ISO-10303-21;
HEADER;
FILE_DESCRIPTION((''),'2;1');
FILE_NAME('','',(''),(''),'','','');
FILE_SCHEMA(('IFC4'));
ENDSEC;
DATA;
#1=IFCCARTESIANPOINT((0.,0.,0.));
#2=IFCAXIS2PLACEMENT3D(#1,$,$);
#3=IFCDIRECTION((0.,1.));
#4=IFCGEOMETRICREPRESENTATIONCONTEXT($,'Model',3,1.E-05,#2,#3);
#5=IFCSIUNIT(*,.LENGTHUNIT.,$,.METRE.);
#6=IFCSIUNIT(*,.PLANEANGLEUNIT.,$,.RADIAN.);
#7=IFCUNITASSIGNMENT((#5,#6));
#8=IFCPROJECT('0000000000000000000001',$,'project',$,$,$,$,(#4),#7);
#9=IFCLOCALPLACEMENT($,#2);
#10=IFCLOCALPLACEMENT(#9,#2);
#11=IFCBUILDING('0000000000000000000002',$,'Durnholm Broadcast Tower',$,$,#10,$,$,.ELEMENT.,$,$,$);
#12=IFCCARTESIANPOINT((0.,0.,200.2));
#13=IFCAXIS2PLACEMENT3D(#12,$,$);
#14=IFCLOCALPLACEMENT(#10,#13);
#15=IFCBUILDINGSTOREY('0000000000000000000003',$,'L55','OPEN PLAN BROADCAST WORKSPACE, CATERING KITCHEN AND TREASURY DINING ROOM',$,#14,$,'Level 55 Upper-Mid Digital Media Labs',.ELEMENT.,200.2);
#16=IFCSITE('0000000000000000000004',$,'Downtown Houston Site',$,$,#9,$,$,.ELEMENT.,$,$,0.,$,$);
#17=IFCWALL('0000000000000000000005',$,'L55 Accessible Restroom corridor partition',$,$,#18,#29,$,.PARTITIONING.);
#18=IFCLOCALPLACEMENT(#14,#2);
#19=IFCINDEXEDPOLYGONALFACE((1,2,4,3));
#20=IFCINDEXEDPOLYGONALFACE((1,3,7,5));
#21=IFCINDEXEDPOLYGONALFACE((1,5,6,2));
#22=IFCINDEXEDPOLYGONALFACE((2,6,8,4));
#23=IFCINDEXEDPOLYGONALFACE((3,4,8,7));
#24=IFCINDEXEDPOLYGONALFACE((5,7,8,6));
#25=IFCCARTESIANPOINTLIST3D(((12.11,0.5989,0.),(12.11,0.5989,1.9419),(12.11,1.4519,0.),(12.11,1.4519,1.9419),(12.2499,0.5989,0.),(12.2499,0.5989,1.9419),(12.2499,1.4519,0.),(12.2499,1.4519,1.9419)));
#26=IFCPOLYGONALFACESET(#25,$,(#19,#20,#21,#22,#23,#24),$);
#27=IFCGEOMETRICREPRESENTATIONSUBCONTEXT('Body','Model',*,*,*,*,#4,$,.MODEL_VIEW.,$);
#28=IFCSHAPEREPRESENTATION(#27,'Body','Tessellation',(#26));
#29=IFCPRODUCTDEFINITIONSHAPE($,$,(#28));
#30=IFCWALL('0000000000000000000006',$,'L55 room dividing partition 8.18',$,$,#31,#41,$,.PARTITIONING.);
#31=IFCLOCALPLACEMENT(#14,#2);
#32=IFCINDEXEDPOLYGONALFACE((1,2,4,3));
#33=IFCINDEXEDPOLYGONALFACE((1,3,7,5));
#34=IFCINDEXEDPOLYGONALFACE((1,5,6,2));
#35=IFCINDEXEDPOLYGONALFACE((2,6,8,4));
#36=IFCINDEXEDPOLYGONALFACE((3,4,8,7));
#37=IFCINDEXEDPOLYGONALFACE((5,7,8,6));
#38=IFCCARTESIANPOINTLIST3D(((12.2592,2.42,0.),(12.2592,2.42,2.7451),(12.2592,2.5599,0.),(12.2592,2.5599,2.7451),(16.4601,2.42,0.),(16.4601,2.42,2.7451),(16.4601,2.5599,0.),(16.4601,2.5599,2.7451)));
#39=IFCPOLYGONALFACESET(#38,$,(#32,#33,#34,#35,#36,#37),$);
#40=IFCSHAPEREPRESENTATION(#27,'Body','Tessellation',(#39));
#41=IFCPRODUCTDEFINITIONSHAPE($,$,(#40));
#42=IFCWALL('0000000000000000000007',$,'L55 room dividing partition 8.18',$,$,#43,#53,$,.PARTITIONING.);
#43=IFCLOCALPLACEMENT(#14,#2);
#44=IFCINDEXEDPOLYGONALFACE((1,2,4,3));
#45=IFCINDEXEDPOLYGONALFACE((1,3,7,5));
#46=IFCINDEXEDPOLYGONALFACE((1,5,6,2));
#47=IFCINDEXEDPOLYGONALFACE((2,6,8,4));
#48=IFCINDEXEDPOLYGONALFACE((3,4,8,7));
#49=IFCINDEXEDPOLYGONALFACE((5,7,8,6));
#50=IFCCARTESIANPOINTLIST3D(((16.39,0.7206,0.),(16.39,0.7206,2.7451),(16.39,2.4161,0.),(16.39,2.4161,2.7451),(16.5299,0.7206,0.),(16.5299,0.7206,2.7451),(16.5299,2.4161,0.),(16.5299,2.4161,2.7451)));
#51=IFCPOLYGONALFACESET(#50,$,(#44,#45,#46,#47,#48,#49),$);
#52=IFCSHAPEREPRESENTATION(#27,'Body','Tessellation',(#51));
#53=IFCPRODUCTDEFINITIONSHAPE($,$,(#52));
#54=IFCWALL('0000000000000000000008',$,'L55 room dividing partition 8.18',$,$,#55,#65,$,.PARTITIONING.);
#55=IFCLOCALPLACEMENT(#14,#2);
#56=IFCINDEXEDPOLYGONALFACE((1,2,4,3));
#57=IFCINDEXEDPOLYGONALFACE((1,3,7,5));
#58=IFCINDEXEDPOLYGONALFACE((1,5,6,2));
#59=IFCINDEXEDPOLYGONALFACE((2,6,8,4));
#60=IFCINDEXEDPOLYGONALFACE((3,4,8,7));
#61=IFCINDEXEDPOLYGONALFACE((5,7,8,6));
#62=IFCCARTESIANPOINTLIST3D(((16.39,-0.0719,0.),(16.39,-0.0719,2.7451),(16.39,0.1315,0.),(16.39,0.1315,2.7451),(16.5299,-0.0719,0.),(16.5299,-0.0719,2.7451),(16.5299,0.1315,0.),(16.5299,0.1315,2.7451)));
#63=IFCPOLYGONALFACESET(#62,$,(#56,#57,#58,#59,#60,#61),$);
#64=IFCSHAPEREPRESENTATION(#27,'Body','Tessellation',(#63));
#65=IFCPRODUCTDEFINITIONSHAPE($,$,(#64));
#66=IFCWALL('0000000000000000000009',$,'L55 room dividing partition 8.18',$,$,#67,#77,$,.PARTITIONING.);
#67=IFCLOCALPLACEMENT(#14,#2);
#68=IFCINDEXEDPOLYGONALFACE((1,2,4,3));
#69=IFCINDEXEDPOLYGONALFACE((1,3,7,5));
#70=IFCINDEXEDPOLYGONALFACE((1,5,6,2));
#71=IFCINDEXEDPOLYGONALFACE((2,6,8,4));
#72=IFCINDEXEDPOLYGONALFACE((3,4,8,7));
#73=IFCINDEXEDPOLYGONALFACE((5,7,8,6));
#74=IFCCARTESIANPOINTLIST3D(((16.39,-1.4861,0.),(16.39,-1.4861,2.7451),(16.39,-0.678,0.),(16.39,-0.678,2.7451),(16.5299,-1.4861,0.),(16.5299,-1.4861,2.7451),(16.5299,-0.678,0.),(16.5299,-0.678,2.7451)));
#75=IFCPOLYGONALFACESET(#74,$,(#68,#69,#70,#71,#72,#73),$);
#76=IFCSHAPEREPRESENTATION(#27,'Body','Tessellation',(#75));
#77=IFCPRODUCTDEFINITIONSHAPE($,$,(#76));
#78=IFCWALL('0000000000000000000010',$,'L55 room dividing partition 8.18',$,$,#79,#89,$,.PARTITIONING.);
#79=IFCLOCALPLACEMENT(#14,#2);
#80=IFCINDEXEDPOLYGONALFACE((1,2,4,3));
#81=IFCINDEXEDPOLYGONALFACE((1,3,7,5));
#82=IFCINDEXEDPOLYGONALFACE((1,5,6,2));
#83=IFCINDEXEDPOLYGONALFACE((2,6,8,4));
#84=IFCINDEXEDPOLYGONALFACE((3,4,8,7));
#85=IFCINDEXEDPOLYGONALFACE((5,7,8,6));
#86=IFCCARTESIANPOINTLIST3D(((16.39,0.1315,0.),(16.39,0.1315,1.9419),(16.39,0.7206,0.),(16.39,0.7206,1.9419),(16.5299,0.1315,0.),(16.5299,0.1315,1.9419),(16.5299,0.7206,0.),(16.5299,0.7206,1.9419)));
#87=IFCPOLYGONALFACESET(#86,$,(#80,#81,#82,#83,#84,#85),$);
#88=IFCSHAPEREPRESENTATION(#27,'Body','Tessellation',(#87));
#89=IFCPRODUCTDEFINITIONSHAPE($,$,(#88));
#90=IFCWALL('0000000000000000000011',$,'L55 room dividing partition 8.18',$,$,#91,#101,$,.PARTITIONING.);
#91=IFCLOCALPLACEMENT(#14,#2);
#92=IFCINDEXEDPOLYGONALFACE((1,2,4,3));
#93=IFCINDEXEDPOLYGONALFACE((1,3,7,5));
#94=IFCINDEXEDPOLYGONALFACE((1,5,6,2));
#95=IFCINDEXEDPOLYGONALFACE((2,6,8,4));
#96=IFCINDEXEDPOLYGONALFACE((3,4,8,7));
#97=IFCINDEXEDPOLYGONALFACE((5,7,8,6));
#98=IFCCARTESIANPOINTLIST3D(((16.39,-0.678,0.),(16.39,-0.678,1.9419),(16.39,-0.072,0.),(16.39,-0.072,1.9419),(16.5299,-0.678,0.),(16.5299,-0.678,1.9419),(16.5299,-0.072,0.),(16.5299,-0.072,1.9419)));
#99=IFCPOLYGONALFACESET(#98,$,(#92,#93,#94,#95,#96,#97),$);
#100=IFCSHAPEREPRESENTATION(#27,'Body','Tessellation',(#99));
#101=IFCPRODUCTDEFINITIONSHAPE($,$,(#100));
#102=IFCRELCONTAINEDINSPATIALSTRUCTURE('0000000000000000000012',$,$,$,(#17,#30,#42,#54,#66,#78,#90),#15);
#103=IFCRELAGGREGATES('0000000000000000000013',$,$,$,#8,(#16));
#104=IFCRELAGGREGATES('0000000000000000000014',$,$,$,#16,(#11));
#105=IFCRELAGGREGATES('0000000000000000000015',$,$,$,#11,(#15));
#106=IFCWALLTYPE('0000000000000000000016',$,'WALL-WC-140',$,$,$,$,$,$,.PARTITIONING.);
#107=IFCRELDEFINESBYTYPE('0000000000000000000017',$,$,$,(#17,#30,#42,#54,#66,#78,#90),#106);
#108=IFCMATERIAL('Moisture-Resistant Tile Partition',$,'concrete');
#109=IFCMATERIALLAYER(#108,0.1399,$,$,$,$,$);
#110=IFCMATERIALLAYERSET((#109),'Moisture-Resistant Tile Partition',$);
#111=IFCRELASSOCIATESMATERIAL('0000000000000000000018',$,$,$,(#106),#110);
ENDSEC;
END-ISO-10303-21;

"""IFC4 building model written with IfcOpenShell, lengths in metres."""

from ifc_helpers import new_model, si_unit, direction, frame, frame_2d, origin, place, context, subcontext, project, spatial, rectangle, extrude, material, layer, layer_set, type_object, element, save


model = new_model("IFC4")

# Units and contexts
model_context = context("Model", 3, precision=1e-05, world=origin(), true_north=direction((0.0, 1.0)))
body_context = subcontext(model_context, "Body", "Model", "MODEL_VIEW")
ifc_project = project(units=[si_unit("LENGTHUNIT", "METRE"), si_unit("PLANEANGLEUNIT", "RADIAN")], contexts=[model_context])

# Site, building, storey
site_placement = place(None, origin())
site = spatial("IfcSite", under=ifc_project, at=site_placement, Name="Downtown Houston Site", CompositionType="ELEMENT", RefElevation=0.0)
building_placement = place(site_placement, origin())
building = spatial("IfcBuilding", under=site, at=building_placement, Name="Durnholm Broadcast Tower", CompositionType="ELEMENT")
storey_placement = place(building_placement, frame((0.0, 0.0, 200.2)))
storey = spatial("IfcBuildingStorey", under=building, at=storey_placement, Name="L55", Description="OPEN PLAN BROADCAST WORKSPACE, CATERING KITCHEN AND TREASURY DINING ROOM", LongName="Level 55 Upper-Mid Digital Media Labs", CompositionType="ELEMENT", Elevation=200.2)

# Walls
ifc_material_1 = material(Name="Moisture-Resistant Tile Partition", Category="concrete")
ifc_layer_1 = layer(ifc_material_1, 0.1399)
ifc_layer_set_1 = layer_set([ifc_layer_1], Name="Moisture-Resistant Tile Partition")
wall_type_1 = type_object("IfcWallType", Name="WALL-WC-140", PredefinedType="PARTITIONING", material=ifc_layer_set_1)
wall_1_placement = place(storey_placement, frame((12.1799, 0.5989, 0.0), z_axis=(0.0, 0.0, 1.0), x_axis=(0.0, 1.0, 0.0)))
element("IfcWall", 1, at=wall_1_placement, inside=storey, type_object=wall_type_1, Name="L55 Accessible Restroom corridor partition", PredefinedType="PARTITIONING", context=body_context, shape_type="SweptSolid", body=[
    extrude(rectangle(XDim=0.853, YDim=0.1399, at=frame_2d((0.4265, 0.0))), origin(), (0.0, 0.0, 1.0), 1.9419),
])
wall_2_placement = place(storey_placement, frame((12.259, 2.49, 0.0), z_axis=(0.0, 0.0, 1.0), x_axis=(1.0, 0.0, 0.0)))
element("IfcWall", 2, at=wall_2_placement, inside=storey, type_object=wall_type_1, Name="L55 room dividing partition 8.18", PredefinedType="PARTITIONING", context=body_context, shape_type="SweptSolid", body=[
    extrude(rectangle(XDim=4.2009, YDim=0.1399, at=frame_2d((2.1006, 0.0))), origin(), (0.0, 0.0, 1.0), 2.7451),
])
wall_3_placement = place(storey_placement, frame((16.46, 2.416, 0.0), z_axis=(0.0, 0.0, 1.0), x_axis=(0.0, -1.0, 0.0)))
element("IfcWall", 3, at=wall_3_placement, inside=storey, type_object=wall_type_1, Name="L55 room dividing partition 8.18", PredefinedType="PARTITIONING", context=body_context, shape_type="SweptSolid", body=[
    extrude(rectangle(XDim=1.6956, YDim=0.1399, at=frame_2d((0.8477, 0.0))), origin(), (0.0, 0.0, 1.0), 2.7451),
])
wall_4_placement = place(storey_placement, frame((16.46, 0.1313, 0.0), z_axis=(0.0, 0.0, 1.0), x_axis=(0.0, -1.0, 0.0)))
element("IfcWall", 4, at=wall_4_placement, inside=storey, type_object=wall_type_1, Name="L55 room dividing partition 8.18", PredefinedType="PARTITIONING", context=body_context, shape_type="SweptSolid", body=[
    extrude(rectangle(XDim=0.2034, YDim=0.1399, at=frame_2d((0.1016, 0.0))), origin(), (0.0, 0.0, 1.0), 2.7451),
])
wall_5_placement = place(storey_placement, frame((16.46, -0.678, 0.0), z_axis=(0.0, 0.0, 1.0), x_axis=(0.0, -1.0, 0.0)))
element("IfcWall", 5, at=wall_5_placement, inside=storey, type_object=wall_type_1, Name="L55 room dividing partition 8.18", PredefinedType="PARTITIONING", context=body_context, shape_type="SweptSolid", body=[
    extrude(rectangle(XDim=0.8081, YDim=0.1399, at=frame_2d((0.4041, 0.0))), origin(), (0.0, 0.0, 1.0), 2.7451),
])
wall_6_placement = place(storey_placement, frame((16.46, 0.7205, 0.0), z_axis=(0.0, 0.0, 1.0), x_axis=(0.0, -1.0, 0.0)))
element("IfcWall", 6, at=wall_6_placement, inside=storey, type_object=wall_type_1, Name="L55 room dividing partition 8.18", PredefinedType="PARTITIONING", context=body_context, shape_type="SweptSolid", body=[
    extrude(rectangle(XDim=0.5891, YDim=0.1399, at=frame_2d((0.2944, 0.0))), origin(), (0.0, 0.0, 1.0), 1.9419),
])
wall_7_placement = place(storey_placement, frame((16.46, -0.072, 0.0), z_axis=(0.0, 0.0, 1.0), x_axis=(0.0, -1.0, 0.0)))
element("IfcWall", 7, at=wall_7_placement, inside=storey, type_object=wall_type_1, Name="L55 room dividing partition 8.18", PredefinedType="PARTITIONING", context=body_context, shape_type="SweptSolid", body=[
    extrude(rectangle(XDim=0.606, YDim=0.1399, at=frame_2d((0.303, 0.0))), origin(), (0.0, 0.0, 1.0), 1.9419),
])

save(model, "model.ifc")
